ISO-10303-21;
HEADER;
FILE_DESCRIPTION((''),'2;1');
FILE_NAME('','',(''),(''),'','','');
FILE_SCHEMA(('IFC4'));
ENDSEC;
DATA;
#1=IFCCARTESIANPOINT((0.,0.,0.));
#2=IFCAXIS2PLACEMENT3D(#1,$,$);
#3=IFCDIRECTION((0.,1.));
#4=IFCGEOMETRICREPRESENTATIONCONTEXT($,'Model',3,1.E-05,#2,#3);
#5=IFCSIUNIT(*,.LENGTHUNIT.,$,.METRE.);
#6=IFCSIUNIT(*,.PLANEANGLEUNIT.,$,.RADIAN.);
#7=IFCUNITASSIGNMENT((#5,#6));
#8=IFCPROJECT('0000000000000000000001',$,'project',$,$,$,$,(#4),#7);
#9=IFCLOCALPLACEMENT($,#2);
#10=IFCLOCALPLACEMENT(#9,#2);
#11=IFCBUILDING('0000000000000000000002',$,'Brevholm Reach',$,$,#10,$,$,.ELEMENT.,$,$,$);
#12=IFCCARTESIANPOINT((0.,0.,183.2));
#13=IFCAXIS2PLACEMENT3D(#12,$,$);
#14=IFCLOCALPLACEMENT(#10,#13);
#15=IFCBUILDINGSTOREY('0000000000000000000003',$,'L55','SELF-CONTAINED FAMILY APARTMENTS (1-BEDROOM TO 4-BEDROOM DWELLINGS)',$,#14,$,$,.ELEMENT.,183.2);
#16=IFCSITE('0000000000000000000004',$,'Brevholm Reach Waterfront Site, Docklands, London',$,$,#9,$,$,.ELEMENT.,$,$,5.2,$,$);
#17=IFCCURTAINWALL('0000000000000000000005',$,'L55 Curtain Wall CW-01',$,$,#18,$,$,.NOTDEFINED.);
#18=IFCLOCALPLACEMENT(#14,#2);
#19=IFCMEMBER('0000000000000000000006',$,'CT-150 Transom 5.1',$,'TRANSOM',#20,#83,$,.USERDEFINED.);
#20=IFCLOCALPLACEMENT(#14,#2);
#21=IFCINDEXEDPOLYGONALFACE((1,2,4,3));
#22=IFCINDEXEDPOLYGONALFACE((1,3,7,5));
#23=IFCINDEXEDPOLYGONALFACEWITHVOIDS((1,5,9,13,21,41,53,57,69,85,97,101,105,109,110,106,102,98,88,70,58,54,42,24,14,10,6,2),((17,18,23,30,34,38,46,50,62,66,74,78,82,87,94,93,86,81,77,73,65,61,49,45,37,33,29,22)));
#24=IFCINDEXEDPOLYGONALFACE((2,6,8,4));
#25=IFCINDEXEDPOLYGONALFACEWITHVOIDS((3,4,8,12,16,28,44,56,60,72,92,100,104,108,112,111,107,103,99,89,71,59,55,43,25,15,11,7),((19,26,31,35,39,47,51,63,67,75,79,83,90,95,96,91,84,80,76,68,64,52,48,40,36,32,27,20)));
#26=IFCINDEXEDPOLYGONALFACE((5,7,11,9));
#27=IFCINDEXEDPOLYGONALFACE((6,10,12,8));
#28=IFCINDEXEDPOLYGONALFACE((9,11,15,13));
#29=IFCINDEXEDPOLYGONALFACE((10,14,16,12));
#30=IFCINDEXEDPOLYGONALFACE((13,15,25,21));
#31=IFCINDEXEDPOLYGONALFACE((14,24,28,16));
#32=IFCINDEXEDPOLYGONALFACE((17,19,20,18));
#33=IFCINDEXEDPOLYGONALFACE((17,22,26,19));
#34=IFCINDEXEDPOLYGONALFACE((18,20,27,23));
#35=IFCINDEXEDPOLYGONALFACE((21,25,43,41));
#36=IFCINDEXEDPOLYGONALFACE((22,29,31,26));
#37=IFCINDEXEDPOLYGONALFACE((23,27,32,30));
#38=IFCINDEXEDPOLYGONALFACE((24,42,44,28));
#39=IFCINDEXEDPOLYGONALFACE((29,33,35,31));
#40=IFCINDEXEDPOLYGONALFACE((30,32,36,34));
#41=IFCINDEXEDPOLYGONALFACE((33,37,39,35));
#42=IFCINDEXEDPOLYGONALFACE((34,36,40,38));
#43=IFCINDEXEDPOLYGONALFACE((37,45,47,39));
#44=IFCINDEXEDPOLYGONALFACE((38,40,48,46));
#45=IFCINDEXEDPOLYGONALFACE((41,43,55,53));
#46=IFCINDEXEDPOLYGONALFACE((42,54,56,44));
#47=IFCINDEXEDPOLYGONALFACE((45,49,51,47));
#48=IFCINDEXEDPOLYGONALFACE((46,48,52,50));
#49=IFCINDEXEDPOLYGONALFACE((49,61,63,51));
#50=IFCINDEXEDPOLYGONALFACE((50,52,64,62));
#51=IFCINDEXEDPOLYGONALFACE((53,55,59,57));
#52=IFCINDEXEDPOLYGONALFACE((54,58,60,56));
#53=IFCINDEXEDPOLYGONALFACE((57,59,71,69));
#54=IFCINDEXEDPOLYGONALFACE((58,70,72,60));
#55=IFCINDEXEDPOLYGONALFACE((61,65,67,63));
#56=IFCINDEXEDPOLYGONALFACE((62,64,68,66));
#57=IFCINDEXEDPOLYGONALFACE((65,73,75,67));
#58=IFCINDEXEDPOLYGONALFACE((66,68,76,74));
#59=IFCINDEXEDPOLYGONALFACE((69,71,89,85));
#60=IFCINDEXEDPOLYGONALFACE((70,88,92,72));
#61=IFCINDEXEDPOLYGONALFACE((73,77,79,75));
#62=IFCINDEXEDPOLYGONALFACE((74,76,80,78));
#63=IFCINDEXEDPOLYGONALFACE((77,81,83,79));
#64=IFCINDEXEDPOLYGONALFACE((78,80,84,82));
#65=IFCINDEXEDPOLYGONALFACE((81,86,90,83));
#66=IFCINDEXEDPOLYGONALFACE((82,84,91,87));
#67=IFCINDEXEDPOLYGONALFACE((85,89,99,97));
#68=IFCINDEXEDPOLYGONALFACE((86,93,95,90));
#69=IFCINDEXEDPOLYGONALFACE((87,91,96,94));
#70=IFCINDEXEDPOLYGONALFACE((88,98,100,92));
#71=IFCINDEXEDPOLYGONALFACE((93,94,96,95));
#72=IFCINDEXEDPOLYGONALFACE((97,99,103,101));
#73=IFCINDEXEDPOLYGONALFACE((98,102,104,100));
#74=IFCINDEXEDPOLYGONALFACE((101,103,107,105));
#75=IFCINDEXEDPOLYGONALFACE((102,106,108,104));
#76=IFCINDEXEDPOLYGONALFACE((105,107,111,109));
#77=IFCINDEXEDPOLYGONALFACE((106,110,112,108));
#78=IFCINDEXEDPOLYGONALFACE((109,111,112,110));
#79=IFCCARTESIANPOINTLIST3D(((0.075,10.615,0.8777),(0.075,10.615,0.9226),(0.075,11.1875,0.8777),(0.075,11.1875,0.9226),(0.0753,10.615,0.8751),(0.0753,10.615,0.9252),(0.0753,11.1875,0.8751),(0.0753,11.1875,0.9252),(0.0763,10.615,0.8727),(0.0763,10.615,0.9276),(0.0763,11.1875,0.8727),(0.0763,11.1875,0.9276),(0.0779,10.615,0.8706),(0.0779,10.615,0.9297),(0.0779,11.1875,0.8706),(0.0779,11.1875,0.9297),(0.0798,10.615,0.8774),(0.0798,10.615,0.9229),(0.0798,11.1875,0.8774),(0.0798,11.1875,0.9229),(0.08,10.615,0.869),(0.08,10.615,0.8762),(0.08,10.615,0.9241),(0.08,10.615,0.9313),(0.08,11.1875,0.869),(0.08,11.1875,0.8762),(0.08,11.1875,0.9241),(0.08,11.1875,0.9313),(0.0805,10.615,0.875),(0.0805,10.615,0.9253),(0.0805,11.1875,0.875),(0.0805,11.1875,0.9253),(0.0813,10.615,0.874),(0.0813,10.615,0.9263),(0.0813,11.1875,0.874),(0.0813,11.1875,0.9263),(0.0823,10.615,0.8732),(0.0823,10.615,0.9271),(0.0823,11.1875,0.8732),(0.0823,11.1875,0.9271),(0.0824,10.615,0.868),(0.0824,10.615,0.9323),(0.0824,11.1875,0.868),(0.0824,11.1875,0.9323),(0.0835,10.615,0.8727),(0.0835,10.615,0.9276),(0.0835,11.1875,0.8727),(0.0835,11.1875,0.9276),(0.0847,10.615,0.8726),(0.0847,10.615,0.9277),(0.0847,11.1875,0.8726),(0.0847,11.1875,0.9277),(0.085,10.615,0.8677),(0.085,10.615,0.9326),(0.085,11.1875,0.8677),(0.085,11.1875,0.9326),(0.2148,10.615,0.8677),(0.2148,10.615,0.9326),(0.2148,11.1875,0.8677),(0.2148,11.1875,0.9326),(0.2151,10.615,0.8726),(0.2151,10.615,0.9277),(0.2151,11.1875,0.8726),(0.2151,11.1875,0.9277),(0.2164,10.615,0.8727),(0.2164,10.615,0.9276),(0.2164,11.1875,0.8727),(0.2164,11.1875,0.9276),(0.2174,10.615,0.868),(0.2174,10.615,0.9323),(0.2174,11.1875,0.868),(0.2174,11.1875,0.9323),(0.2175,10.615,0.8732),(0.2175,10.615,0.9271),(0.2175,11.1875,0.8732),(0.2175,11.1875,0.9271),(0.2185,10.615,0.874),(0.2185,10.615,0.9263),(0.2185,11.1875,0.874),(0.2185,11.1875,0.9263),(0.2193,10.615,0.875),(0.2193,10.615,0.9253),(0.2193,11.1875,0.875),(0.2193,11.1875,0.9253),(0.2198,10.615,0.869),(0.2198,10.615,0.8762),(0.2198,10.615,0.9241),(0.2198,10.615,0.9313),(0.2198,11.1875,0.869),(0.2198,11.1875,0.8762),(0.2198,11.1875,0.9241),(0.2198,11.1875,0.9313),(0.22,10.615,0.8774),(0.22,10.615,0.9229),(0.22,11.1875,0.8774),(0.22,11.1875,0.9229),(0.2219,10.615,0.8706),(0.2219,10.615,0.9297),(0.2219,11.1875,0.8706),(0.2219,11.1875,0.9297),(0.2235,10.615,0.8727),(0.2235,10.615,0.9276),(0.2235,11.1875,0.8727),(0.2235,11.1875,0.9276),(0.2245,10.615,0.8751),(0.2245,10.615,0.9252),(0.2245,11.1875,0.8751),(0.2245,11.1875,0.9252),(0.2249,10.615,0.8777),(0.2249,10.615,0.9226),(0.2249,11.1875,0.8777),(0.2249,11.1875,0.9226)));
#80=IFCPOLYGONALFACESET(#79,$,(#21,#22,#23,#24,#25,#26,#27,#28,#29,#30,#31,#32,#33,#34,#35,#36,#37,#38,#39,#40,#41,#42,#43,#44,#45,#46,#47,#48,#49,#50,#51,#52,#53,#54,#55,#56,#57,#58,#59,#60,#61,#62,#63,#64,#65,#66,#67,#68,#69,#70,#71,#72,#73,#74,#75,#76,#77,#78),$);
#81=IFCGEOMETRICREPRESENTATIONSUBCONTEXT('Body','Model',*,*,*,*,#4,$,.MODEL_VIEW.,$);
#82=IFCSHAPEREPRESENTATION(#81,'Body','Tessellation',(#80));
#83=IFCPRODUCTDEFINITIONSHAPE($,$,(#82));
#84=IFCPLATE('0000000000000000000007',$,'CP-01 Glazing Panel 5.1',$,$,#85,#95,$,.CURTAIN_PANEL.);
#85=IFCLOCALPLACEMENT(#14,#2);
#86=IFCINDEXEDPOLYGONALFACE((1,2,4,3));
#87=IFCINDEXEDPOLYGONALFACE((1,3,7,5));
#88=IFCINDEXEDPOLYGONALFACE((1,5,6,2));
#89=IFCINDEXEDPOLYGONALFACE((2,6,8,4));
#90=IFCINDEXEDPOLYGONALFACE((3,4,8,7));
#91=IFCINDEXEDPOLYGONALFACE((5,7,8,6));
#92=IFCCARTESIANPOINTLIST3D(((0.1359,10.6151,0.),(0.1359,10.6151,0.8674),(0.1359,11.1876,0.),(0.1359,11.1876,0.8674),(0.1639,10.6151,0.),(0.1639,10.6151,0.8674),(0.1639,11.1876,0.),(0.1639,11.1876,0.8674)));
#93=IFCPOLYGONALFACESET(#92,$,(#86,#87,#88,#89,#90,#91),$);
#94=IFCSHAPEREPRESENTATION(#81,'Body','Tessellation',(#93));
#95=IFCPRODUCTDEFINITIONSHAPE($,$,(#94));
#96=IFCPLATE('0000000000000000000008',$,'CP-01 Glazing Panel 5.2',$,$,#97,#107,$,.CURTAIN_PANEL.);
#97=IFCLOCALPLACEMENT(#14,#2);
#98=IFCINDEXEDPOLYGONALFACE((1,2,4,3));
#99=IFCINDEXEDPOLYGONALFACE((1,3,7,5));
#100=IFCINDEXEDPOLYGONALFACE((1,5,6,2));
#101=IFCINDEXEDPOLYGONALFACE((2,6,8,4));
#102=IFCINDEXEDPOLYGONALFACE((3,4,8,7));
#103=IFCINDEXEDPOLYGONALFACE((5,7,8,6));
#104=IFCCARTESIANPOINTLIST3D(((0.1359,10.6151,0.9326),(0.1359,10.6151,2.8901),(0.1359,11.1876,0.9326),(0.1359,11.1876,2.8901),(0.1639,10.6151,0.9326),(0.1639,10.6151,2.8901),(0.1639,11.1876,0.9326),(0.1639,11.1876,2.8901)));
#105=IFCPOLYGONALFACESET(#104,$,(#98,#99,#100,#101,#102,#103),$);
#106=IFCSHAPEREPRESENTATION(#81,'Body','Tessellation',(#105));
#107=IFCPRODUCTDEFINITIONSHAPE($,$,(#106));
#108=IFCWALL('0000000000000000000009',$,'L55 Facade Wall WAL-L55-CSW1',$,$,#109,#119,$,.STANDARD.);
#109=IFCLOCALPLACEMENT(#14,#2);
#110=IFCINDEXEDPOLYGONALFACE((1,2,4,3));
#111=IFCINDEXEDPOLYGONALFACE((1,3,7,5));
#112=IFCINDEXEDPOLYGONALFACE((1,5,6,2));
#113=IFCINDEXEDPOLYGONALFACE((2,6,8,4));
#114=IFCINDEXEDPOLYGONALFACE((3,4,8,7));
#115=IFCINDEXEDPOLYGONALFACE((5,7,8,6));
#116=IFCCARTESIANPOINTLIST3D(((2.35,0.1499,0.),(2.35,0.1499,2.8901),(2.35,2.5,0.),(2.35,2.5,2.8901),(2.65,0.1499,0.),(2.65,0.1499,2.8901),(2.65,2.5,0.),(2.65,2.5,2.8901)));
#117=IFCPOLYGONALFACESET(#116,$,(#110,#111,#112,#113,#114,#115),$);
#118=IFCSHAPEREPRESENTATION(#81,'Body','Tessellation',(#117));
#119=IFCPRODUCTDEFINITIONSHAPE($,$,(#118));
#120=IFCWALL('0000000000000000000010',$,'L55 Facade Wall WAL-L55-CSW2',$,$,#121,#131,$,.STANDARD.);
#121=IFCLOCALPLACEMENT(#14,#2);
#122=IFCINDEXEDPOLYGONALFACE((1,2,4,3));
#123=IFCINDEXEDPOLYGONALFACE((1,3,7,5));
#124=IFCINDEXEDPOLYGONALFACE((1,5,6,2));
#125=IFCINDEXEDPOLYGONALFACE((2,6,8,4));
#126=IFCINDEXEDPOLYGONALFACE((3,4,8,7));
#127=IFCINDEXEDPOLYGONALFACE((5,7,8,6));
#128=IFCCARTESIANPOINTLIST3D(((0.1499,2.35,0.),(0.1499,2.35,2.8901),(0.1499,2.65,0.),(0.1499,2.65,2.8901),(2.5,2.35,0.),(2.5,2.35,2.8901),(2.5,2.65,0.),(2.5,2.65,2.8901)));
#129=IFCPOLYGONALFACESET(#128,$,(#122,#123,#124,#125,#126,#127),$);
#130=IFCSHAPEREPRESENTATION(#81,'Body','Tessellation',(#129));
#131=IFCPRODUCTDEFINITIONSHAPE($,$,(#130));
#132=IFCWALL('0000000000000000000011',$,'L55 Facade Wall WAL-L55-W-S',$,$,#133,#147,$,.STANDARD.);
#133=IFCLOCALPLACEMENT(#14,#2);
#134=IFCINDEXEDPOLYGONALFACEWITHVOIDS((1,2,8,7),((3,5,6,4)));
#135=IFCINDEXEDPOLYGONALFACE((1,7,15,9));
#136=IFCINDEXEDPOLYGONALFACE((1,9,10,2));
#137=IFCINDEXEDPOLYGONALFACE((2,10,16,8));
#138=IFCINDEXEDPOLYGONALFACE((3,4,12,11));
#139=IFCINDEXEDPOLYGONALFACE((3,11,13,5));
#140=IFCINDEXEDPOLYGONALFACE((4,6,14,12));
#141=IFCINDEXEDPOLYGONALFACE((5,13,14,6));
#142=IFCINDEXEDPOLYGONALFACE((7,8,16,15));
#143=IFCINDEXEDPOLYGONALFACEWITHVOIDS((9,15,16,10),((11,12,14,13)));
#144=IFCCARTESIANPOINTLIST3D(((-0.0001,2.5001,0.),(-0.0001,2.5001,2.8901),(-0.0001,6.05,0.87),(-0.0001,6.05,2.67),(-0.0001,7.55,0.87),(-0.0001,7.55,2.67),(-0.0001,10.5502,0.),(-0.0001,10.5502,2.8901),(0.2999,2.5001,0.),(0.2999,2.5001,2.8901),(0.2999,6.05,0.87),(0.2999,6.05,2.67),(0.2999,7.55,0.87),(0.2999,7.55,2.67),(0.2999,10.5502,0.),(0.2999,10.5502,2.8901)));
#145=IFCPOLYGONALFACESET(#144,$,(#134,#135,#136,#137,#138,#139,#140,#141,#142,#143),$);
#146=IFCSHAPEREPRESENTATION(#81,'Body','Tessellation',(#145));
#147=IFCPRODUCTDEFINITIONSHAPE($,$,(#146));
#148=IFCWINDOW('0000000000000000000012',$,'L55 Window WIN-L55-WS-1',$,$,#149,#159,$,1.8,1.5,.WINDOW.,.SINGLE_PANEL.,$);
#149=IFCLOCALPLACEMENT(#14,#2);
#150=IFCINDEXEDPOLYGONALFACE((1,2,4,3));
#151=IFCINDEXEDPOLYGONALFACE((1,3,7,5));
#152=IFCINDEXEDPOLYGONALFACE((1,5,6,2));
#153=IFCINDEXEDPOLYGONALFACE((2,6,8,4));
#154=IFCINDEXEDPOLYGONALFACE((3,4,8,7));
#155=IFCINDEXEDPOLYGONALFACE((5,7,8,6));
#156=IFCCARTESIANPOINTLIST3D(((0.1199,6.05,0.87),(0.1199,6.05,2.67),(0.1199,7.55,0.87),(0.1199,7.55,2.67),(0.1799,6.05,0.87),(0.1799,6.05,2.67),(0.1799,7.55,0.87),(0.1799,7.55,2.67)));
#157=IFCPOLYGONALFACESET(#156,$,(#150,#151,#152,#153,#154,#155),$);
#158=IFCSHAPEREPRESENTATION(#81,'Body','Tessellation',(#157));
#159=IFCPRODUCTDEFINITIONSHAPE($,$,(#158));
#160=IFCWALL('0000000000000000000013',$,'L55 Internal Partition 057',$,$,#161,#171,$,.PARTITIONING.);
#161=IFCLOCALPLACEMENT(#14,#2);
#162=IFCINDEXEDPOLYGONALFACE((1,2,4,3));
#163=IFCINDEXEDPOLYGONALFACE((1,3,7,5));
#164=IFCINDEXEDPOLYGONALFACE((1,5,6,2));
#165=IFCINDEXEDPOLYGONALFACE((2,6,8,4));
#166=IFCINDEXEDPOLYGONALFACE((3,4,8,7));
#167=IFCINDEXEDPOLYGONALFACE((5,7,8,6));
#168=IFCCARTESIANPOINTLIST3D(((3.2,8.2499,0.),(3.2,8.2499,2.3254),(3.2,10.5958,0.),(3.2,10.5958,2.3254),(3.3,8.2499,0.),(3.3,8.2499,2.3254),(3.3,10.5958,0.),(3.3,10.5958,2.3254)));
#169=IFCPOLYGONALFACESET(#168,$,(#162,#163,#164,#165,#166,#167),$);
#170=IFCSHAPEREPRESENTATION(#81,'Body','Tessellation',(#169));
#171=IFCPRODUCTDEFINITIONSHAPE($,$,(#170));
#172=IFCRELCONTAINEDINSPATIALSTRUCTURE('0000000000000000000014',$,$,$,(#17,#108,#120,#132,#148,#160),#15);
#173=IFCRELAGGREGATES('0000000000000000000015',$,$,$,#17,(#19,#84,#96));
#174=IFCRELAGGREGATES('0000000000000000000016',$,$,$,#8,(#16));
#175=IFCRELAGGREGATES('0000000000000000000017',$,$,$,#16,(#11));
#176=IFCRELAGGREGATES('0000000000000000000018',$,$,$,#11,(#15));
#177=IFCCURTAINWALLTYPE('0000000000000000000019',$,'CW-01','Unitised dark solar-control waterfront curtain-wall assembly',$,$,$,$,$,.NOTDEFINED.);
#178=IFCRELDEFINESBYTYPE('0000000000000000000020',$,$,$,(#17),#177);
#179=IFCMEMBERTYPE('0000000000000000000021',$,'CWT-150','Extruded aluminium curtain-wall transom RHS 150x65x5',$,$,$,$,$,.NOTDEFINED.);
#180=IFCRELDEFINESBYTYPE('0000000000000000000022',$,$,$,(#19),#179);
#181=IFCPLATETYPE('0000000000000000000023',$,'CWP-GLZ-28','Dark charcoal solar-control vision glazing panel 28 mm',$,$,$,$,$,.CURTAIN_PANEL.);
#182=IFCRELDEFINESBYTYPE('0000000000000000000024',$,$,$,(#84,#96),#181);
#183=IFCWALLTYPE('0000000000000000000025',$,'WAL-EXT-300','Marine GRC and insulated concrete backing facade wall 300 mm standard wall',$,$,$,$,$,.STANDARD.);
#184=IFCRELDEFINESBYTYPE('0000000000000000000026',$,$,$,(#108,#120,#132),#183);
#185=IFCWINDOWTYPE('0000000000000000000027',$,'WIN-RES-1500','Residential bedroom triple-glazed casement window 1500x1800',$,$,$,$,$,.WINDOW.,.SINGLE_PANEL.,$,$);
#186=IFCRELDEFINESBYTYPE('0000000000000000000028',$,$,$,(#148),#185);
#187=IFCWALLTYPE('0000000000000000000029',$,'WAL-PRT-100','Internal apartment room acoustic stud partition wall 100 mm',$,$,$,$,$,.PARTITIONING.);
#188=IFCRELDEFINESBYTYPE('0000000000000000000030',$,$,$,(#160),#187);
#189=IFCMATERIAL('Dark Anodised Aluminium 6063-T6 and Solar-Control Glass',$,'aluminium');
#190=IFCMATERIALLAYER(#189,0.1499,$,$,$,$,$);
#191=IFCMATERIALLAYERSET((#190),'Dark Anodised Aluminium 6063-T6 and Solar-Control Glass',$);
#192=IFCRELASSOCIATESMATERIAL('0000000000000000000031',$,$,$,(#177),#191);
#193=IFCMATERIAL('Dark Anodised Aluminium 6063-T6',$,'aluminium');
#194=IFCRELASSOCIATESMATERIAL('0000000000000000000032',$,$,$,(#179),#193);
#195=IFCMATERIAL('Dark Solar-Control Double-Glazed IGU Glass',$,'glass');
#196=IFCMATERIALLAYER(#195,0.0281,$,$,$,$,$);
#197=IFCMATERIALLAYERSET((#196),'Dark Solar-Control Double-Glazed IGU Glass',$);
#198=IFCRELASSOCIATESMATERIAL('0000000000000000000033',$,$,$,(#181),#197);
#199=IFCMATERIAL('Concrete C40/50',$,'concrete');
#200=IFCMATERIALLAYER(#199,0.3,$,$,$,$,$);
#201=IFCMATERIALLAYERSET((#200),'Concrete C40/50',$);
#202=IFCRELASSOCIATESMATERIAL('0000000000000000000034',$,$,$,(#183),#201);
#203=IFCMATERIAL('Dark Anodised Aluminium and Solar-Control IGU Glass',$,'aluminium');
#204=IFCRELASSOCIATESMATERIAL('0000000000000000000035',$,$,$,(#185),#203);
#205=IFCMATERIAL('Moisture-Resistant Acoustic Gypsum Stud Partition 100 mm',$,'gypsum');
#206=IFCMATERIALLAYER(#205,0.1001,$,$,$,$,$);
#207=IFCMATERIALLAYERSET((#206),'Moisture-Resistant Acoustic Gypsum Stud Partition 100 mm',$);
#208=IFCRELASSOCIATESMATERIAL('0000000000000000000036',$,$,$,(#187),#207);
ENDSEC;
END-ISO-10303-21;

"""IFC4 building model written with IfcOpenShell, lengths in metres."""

from ifc_helpers import new_model, si_unit, direction, frame, frame_2d, origin, origin_2d, place, context, subcontext, project, spatial, rectangle, hollow_rectangle, extrude, material, layer, layer_set, material_profile, profile_set, type_object, element, fill, aggregate, save


model = new_model("IFC4")

# Units and contexts
model_context = context("Model", 3, precision=1e-05, world=origin(), true_north=direction((0.0, 1.0)))
body_context = subcontext(model_context, "Body", "Model", "MODEL_VIEW")
ifc_project = project(units=[si_unit("LENGTHUNIT", "METRE"), si_unit("PLANEANGLEUNIT", "RADIAN")], contexts=[model_context])

# Site, building, storey
site_placement = place(None, origin())
site = spatial("IfcSite", under=ifc_project, at=site_placement, Name="Brevholm Reach Waterfront Site, Docklands, London", CompositionType="ELEMENT", RefElevation=5.2)
building_placement = place(site_placement, origin())
building = spatial("IfcBuilding", under=site, at=building_placement, Name="Brevholm Reach", CompositionType="ELEMENT")
storey_placement = place(building_placement, frame((0.0, 0.0, 183.2)))
storey = spatial("IfcBuildingStorey", under=building, at=storey_placement, Name="L55", Description="SELF-CONTAINED FAMILY APARTMENTS (1-BEDROOM TO 4-BEDROOM DWELLINGS)", CompositionType="ELEMENT", Elevation=183.2)

# Curtain wall, member, plates
ifc_material_1 = material(Name="Dark Anodised Aluminium 6063-T6 and Solar-Control Glass", Category="aluminium")
ifc_layer_1 = layer(ifc_material_1, 0.1499)
ifc_layer_set_1 = layer_set([ifc_layer_1], Name="Dark Anodised Aluminium 6063-T6 and Solar-Control Glass")
curtain_wall_type = type_object("IfcCurtainWallType", Name="CW-01", Description="Unitised dark solar-control waterfront curtain-wall assembly", PredefinedType="NOTDEFINED", material=ifc_layer_set_1)
curtain_wall_placement = place(storey_placement, origin())
curtain_wall = element("IfcCurtainWall", 1, at=curtain_wall_placement, inside=storey, type_object=curtain_wall_type, Name="L55 Curtain Wall CW-01", PredefinedType="NOTDEFINED")
ifc_material_2 = material(Name="Dark Anodised Aluminium 6063-T6", Category="aluminium")
ifc_material_profile_1 = material_profile(ifc_material_2, hollow_rectangle(XDim=0.0649, YDim=0.1499, WallThickness=0.0049, InnerFilletRadius=0.0049, OuterFilletRadius=0.01, at=origin_2d()), Name="RHS 150x65x5")
ifc_profile_set_1 = profile_set([ifc_material_profile_1], Name="Dark Anodised Aluminium 6063-T6")
member_type_1 = type_object("IfcMemberType", Name="CWT-150", Description="Extruded aluminium curtain-wall transom RHS 150x65x5", PredefinedType="NOTDEFINED", material=ifc_profile_set_1)
member_1_placement = place(storey_placement, frame((0.1499, 11.1875, 0.9001), z_axis=(0.0, -1.0, 0.0), x_axis=(0.0, 0.0, 1.0)))
member_1 = element("IfcMember", 2, at=member_1_placement, type_object=member_type_1, Name="CT-150 Transom 5.1", ObjectType="TRANSOM", PredefinedType="USERDEFINED", context=body_context, shape_type="SweptSolid", body=[
    extrude(hollow_rectangle(XDim=0.0649, YDim=0.1499, WallThickness=0.0049, InnerFilletRadius=0.0049, OuterFilletRadius=0.01, at=origin_2d()), origin(), (0.0, 0.0, 1.0), 0.5725),
])
ifc_material_3 = material(Name="Dark Solar-Control Double-Glazed IGU Glass", Category="glass")
ifc_layer_2 = layer(ifc_material_3, 0.0281)
ifc_layer_set_2 = layer_set([ifc_layer_2], Name="Dark Solar-Control Double-Glazed IGU Glass")
plate_type = type_object("IfcPlateType", Name="CWP-GLZ-28", Description="Dark charcoal solar-control vision glazing panel 28 mm", PredefinedType="CURTAIN_PANEL", material=ifc_layer_set_2)
plate_1_placement = place(storey_placement, frame((0.1499, 10.9014, 0.0), z_axis=(0.0, 0.0, 1.0), x_axis=(0.0, -1.0, 0.0)))
plate_1 = element("IfcPlate", 3, at=plate_1_placement, type_object=plate_type, Name="CP-01 Glazing Panel 5.1", PredefinedType="CURTAIN_PANEL", context=body_context, shape_type="SweptSolid", body=[
    extrude(rectangle(XDim=0.5725, YDim=0.0281, at=origin_2d()), origin(), (0.0, 0.0, 1.0), 0.8674),
])
plate_2_placement = place(storey_placement, frame((0.1499, 10.9014, 0.9326), z_axis=(0.0, 0.0, 1.0), x_axis=(0.0, -1.0, 0.0)))
plate_2 = element("IfcPlate", 4, at=plate_2_placement, type_object=plate_type, Name="CP-01 Glazing Panel 5.2", PredefinedType="CURTAIN_PANEL", context=body_context, shape_type="SweptSolid", body=[
    extrude(rectangle(XDim=0.5725, YDim=0.0281, at=origin_2d()), origin(), (0.0, 0.0, 1.0), 1.9575),
])
aggregate(curtain_wall, [member_1, plate_1, plate_2])

# Walls
ifc_material_4 = material(Name="Concrete C40/50", Category="concrete")
ifc_layer_3 = layer(ifc_material_4, 0.3)
ifc_layer_set_3 = layer_set([ifc_layer_3], Name="Concrete C40/50")
wall_type_1 = type_object("IfcWallType", Name="WAL-EXT-300", Description="Marine GRC and insulated concrete backing facade wall 300 mm standard wall", PredefinedType="STANDARD", material=ifc_layer_set_3)
for number, where, z_axis, x_axis, name in (
    (5, (2.5, 2.5, 0.0), (0.0, 0.0, 1.0), (0.0, -1.0, 0.0), "L55 Facade Wall WAL-L55-CSW1"),
    (6, (0.1499, 2.5, 0.0), (0.0, 0.0, 1.0), (1.0, 0.0, 0.0), "L55 Facade Wall WAL-L55-CSW2"),
):
    element("IfcWall", number, at=place(storey_placement, frame(where, z_axis=z_axis, x_axis=x_axis)), inside=storey, type_object=wall_type_1, Name=name, PredefinedType="STANDARD", context=body_context, shape_type="SweptSolid", body=[
        extrude(rectangle(XDim=2.3501, YDim=0.3, at=frame_2d((1.175, 0.0))), origin(), (0.0, 0.0, 1.0), 2.8901),
    ])

# Wall, opening, window
wall_1_placement = place(storey_placement, frame((0.1499, 10.55, 0.0), z_axis=(0.0, 0.0, 1.0), x_axis=(0.0, -1.0, 0.0)))
wall_1 = element("IfcWall", 7, at=wall_1_placement, inside=storey, type_object=wall_type_1, Name="L55 Facade Wall WAL-L55-W-S", PredefinedType="STANDARD", context=body_context, shape_type="SweptSolid", body=[
    extrude(rectangle(XDim=8.05, YDim=0.3, at=frame_2d((4.0249, 0.0))), origin(), (0.0, 0.0, 1.0), 2.8901),
])
opening_1_placement = place(wall_1_placement, frame((3.0, 0.0, 0.8701)))
opening_1 = element("IfcOpeningElement", 8, at=opening_1_placement, cuts=wall_1, PredefinedType="OPENING", context=body_context, shape_type="SweptSolid", body=[
    extrude(rectangle(XDim=1.5, YDim=1.8, at=frame_2d((0.75, 0.8999))), frame((0.0, 0.1599, 0.0), z_axis=(0.0, -1.0, 0.0), x_axis=(1.0, 0.0, 0.0)), (0.0, 0.0, 1.0), 0.3201),
])
ifc_material_5 = material(Name="Dark Anodised Aluminium and Solar-Control IGU Glass", Category="aluminium")
window_type = type_object("IfcWindowType", Name="WIN-RES-1500", Description="Residential bedroom triple-glazed casement window 1500x1800", PartitioningType="SINGLE_PANEL", PredefinedType="WINDOW", material=ifc_material_5)
window_placement = place(opening_1_placement, origin())
window = element("IfcWindow", 9, at=window_placement, inside=storey, type_object=window_type, Name="L55 Window WIN-L55-WS-1", OverallHeight=1.8, OverallWidth=1.5, PartitioningType="SINGLE_PANEL", PredefinedType="WINDOW", context=body_context, shape_type="SweptSolid", body=[
    extrude(rectangle(XDim=1.5, YDim=1.8, at=frame_2d((0.75, 0.8999))), frame((0.0, 0.03, 0.0), z_axis=(0.0, -1.0, 0.0), x_axis=(1.0, 0.0, 0.0)), (0.0, 0.0, 1.0), 0.0601),
])
fill(opening_1, window)

# Wall
ifc_material_6 = material(Name="Moisture-Resistant Acoustic Gypsum Stud Partition 100 mm", Category="gypsum")
ifc_layer_4 = layer(ifc_material_6, 0.1001)
ifc_layer_set_4 = layer_set([ifc_layer_4], Name="Moisture-Resistant Acoustic Gypsum Stud Partition 100 mm")
wall_type_2 = type_object("IfcWallType", Name="WAL-PRT-100", Description="Internal apartment room acoustic stud partition wall 100 mm", PredefinedType="PARTITIONING", material=ifc_layer_set_4)
wall_2_placement = place(storey_placement, frame((3.25, 8.25, 0.0), z_axis=(0.0, 0.0, 1.0), x_axis=(0.0, 1.0, 0.0)))
element("IfcWall", 10, at=wall_2_placement, inside=storey, type_object=wall_type_2, Name="L55 Internal Partition 057", PredefinedType="PARTITIONING", context=body_context, shape_type="SweptSolid", body=[
    extrude(rectangle(XDim=2.3459, YDim=0.1001, at=frame_2d((1.1729, 0.0))), origin(), (0.0, 0.0, 1.0), 2.3254),
])

save(model, "model.ifc")
